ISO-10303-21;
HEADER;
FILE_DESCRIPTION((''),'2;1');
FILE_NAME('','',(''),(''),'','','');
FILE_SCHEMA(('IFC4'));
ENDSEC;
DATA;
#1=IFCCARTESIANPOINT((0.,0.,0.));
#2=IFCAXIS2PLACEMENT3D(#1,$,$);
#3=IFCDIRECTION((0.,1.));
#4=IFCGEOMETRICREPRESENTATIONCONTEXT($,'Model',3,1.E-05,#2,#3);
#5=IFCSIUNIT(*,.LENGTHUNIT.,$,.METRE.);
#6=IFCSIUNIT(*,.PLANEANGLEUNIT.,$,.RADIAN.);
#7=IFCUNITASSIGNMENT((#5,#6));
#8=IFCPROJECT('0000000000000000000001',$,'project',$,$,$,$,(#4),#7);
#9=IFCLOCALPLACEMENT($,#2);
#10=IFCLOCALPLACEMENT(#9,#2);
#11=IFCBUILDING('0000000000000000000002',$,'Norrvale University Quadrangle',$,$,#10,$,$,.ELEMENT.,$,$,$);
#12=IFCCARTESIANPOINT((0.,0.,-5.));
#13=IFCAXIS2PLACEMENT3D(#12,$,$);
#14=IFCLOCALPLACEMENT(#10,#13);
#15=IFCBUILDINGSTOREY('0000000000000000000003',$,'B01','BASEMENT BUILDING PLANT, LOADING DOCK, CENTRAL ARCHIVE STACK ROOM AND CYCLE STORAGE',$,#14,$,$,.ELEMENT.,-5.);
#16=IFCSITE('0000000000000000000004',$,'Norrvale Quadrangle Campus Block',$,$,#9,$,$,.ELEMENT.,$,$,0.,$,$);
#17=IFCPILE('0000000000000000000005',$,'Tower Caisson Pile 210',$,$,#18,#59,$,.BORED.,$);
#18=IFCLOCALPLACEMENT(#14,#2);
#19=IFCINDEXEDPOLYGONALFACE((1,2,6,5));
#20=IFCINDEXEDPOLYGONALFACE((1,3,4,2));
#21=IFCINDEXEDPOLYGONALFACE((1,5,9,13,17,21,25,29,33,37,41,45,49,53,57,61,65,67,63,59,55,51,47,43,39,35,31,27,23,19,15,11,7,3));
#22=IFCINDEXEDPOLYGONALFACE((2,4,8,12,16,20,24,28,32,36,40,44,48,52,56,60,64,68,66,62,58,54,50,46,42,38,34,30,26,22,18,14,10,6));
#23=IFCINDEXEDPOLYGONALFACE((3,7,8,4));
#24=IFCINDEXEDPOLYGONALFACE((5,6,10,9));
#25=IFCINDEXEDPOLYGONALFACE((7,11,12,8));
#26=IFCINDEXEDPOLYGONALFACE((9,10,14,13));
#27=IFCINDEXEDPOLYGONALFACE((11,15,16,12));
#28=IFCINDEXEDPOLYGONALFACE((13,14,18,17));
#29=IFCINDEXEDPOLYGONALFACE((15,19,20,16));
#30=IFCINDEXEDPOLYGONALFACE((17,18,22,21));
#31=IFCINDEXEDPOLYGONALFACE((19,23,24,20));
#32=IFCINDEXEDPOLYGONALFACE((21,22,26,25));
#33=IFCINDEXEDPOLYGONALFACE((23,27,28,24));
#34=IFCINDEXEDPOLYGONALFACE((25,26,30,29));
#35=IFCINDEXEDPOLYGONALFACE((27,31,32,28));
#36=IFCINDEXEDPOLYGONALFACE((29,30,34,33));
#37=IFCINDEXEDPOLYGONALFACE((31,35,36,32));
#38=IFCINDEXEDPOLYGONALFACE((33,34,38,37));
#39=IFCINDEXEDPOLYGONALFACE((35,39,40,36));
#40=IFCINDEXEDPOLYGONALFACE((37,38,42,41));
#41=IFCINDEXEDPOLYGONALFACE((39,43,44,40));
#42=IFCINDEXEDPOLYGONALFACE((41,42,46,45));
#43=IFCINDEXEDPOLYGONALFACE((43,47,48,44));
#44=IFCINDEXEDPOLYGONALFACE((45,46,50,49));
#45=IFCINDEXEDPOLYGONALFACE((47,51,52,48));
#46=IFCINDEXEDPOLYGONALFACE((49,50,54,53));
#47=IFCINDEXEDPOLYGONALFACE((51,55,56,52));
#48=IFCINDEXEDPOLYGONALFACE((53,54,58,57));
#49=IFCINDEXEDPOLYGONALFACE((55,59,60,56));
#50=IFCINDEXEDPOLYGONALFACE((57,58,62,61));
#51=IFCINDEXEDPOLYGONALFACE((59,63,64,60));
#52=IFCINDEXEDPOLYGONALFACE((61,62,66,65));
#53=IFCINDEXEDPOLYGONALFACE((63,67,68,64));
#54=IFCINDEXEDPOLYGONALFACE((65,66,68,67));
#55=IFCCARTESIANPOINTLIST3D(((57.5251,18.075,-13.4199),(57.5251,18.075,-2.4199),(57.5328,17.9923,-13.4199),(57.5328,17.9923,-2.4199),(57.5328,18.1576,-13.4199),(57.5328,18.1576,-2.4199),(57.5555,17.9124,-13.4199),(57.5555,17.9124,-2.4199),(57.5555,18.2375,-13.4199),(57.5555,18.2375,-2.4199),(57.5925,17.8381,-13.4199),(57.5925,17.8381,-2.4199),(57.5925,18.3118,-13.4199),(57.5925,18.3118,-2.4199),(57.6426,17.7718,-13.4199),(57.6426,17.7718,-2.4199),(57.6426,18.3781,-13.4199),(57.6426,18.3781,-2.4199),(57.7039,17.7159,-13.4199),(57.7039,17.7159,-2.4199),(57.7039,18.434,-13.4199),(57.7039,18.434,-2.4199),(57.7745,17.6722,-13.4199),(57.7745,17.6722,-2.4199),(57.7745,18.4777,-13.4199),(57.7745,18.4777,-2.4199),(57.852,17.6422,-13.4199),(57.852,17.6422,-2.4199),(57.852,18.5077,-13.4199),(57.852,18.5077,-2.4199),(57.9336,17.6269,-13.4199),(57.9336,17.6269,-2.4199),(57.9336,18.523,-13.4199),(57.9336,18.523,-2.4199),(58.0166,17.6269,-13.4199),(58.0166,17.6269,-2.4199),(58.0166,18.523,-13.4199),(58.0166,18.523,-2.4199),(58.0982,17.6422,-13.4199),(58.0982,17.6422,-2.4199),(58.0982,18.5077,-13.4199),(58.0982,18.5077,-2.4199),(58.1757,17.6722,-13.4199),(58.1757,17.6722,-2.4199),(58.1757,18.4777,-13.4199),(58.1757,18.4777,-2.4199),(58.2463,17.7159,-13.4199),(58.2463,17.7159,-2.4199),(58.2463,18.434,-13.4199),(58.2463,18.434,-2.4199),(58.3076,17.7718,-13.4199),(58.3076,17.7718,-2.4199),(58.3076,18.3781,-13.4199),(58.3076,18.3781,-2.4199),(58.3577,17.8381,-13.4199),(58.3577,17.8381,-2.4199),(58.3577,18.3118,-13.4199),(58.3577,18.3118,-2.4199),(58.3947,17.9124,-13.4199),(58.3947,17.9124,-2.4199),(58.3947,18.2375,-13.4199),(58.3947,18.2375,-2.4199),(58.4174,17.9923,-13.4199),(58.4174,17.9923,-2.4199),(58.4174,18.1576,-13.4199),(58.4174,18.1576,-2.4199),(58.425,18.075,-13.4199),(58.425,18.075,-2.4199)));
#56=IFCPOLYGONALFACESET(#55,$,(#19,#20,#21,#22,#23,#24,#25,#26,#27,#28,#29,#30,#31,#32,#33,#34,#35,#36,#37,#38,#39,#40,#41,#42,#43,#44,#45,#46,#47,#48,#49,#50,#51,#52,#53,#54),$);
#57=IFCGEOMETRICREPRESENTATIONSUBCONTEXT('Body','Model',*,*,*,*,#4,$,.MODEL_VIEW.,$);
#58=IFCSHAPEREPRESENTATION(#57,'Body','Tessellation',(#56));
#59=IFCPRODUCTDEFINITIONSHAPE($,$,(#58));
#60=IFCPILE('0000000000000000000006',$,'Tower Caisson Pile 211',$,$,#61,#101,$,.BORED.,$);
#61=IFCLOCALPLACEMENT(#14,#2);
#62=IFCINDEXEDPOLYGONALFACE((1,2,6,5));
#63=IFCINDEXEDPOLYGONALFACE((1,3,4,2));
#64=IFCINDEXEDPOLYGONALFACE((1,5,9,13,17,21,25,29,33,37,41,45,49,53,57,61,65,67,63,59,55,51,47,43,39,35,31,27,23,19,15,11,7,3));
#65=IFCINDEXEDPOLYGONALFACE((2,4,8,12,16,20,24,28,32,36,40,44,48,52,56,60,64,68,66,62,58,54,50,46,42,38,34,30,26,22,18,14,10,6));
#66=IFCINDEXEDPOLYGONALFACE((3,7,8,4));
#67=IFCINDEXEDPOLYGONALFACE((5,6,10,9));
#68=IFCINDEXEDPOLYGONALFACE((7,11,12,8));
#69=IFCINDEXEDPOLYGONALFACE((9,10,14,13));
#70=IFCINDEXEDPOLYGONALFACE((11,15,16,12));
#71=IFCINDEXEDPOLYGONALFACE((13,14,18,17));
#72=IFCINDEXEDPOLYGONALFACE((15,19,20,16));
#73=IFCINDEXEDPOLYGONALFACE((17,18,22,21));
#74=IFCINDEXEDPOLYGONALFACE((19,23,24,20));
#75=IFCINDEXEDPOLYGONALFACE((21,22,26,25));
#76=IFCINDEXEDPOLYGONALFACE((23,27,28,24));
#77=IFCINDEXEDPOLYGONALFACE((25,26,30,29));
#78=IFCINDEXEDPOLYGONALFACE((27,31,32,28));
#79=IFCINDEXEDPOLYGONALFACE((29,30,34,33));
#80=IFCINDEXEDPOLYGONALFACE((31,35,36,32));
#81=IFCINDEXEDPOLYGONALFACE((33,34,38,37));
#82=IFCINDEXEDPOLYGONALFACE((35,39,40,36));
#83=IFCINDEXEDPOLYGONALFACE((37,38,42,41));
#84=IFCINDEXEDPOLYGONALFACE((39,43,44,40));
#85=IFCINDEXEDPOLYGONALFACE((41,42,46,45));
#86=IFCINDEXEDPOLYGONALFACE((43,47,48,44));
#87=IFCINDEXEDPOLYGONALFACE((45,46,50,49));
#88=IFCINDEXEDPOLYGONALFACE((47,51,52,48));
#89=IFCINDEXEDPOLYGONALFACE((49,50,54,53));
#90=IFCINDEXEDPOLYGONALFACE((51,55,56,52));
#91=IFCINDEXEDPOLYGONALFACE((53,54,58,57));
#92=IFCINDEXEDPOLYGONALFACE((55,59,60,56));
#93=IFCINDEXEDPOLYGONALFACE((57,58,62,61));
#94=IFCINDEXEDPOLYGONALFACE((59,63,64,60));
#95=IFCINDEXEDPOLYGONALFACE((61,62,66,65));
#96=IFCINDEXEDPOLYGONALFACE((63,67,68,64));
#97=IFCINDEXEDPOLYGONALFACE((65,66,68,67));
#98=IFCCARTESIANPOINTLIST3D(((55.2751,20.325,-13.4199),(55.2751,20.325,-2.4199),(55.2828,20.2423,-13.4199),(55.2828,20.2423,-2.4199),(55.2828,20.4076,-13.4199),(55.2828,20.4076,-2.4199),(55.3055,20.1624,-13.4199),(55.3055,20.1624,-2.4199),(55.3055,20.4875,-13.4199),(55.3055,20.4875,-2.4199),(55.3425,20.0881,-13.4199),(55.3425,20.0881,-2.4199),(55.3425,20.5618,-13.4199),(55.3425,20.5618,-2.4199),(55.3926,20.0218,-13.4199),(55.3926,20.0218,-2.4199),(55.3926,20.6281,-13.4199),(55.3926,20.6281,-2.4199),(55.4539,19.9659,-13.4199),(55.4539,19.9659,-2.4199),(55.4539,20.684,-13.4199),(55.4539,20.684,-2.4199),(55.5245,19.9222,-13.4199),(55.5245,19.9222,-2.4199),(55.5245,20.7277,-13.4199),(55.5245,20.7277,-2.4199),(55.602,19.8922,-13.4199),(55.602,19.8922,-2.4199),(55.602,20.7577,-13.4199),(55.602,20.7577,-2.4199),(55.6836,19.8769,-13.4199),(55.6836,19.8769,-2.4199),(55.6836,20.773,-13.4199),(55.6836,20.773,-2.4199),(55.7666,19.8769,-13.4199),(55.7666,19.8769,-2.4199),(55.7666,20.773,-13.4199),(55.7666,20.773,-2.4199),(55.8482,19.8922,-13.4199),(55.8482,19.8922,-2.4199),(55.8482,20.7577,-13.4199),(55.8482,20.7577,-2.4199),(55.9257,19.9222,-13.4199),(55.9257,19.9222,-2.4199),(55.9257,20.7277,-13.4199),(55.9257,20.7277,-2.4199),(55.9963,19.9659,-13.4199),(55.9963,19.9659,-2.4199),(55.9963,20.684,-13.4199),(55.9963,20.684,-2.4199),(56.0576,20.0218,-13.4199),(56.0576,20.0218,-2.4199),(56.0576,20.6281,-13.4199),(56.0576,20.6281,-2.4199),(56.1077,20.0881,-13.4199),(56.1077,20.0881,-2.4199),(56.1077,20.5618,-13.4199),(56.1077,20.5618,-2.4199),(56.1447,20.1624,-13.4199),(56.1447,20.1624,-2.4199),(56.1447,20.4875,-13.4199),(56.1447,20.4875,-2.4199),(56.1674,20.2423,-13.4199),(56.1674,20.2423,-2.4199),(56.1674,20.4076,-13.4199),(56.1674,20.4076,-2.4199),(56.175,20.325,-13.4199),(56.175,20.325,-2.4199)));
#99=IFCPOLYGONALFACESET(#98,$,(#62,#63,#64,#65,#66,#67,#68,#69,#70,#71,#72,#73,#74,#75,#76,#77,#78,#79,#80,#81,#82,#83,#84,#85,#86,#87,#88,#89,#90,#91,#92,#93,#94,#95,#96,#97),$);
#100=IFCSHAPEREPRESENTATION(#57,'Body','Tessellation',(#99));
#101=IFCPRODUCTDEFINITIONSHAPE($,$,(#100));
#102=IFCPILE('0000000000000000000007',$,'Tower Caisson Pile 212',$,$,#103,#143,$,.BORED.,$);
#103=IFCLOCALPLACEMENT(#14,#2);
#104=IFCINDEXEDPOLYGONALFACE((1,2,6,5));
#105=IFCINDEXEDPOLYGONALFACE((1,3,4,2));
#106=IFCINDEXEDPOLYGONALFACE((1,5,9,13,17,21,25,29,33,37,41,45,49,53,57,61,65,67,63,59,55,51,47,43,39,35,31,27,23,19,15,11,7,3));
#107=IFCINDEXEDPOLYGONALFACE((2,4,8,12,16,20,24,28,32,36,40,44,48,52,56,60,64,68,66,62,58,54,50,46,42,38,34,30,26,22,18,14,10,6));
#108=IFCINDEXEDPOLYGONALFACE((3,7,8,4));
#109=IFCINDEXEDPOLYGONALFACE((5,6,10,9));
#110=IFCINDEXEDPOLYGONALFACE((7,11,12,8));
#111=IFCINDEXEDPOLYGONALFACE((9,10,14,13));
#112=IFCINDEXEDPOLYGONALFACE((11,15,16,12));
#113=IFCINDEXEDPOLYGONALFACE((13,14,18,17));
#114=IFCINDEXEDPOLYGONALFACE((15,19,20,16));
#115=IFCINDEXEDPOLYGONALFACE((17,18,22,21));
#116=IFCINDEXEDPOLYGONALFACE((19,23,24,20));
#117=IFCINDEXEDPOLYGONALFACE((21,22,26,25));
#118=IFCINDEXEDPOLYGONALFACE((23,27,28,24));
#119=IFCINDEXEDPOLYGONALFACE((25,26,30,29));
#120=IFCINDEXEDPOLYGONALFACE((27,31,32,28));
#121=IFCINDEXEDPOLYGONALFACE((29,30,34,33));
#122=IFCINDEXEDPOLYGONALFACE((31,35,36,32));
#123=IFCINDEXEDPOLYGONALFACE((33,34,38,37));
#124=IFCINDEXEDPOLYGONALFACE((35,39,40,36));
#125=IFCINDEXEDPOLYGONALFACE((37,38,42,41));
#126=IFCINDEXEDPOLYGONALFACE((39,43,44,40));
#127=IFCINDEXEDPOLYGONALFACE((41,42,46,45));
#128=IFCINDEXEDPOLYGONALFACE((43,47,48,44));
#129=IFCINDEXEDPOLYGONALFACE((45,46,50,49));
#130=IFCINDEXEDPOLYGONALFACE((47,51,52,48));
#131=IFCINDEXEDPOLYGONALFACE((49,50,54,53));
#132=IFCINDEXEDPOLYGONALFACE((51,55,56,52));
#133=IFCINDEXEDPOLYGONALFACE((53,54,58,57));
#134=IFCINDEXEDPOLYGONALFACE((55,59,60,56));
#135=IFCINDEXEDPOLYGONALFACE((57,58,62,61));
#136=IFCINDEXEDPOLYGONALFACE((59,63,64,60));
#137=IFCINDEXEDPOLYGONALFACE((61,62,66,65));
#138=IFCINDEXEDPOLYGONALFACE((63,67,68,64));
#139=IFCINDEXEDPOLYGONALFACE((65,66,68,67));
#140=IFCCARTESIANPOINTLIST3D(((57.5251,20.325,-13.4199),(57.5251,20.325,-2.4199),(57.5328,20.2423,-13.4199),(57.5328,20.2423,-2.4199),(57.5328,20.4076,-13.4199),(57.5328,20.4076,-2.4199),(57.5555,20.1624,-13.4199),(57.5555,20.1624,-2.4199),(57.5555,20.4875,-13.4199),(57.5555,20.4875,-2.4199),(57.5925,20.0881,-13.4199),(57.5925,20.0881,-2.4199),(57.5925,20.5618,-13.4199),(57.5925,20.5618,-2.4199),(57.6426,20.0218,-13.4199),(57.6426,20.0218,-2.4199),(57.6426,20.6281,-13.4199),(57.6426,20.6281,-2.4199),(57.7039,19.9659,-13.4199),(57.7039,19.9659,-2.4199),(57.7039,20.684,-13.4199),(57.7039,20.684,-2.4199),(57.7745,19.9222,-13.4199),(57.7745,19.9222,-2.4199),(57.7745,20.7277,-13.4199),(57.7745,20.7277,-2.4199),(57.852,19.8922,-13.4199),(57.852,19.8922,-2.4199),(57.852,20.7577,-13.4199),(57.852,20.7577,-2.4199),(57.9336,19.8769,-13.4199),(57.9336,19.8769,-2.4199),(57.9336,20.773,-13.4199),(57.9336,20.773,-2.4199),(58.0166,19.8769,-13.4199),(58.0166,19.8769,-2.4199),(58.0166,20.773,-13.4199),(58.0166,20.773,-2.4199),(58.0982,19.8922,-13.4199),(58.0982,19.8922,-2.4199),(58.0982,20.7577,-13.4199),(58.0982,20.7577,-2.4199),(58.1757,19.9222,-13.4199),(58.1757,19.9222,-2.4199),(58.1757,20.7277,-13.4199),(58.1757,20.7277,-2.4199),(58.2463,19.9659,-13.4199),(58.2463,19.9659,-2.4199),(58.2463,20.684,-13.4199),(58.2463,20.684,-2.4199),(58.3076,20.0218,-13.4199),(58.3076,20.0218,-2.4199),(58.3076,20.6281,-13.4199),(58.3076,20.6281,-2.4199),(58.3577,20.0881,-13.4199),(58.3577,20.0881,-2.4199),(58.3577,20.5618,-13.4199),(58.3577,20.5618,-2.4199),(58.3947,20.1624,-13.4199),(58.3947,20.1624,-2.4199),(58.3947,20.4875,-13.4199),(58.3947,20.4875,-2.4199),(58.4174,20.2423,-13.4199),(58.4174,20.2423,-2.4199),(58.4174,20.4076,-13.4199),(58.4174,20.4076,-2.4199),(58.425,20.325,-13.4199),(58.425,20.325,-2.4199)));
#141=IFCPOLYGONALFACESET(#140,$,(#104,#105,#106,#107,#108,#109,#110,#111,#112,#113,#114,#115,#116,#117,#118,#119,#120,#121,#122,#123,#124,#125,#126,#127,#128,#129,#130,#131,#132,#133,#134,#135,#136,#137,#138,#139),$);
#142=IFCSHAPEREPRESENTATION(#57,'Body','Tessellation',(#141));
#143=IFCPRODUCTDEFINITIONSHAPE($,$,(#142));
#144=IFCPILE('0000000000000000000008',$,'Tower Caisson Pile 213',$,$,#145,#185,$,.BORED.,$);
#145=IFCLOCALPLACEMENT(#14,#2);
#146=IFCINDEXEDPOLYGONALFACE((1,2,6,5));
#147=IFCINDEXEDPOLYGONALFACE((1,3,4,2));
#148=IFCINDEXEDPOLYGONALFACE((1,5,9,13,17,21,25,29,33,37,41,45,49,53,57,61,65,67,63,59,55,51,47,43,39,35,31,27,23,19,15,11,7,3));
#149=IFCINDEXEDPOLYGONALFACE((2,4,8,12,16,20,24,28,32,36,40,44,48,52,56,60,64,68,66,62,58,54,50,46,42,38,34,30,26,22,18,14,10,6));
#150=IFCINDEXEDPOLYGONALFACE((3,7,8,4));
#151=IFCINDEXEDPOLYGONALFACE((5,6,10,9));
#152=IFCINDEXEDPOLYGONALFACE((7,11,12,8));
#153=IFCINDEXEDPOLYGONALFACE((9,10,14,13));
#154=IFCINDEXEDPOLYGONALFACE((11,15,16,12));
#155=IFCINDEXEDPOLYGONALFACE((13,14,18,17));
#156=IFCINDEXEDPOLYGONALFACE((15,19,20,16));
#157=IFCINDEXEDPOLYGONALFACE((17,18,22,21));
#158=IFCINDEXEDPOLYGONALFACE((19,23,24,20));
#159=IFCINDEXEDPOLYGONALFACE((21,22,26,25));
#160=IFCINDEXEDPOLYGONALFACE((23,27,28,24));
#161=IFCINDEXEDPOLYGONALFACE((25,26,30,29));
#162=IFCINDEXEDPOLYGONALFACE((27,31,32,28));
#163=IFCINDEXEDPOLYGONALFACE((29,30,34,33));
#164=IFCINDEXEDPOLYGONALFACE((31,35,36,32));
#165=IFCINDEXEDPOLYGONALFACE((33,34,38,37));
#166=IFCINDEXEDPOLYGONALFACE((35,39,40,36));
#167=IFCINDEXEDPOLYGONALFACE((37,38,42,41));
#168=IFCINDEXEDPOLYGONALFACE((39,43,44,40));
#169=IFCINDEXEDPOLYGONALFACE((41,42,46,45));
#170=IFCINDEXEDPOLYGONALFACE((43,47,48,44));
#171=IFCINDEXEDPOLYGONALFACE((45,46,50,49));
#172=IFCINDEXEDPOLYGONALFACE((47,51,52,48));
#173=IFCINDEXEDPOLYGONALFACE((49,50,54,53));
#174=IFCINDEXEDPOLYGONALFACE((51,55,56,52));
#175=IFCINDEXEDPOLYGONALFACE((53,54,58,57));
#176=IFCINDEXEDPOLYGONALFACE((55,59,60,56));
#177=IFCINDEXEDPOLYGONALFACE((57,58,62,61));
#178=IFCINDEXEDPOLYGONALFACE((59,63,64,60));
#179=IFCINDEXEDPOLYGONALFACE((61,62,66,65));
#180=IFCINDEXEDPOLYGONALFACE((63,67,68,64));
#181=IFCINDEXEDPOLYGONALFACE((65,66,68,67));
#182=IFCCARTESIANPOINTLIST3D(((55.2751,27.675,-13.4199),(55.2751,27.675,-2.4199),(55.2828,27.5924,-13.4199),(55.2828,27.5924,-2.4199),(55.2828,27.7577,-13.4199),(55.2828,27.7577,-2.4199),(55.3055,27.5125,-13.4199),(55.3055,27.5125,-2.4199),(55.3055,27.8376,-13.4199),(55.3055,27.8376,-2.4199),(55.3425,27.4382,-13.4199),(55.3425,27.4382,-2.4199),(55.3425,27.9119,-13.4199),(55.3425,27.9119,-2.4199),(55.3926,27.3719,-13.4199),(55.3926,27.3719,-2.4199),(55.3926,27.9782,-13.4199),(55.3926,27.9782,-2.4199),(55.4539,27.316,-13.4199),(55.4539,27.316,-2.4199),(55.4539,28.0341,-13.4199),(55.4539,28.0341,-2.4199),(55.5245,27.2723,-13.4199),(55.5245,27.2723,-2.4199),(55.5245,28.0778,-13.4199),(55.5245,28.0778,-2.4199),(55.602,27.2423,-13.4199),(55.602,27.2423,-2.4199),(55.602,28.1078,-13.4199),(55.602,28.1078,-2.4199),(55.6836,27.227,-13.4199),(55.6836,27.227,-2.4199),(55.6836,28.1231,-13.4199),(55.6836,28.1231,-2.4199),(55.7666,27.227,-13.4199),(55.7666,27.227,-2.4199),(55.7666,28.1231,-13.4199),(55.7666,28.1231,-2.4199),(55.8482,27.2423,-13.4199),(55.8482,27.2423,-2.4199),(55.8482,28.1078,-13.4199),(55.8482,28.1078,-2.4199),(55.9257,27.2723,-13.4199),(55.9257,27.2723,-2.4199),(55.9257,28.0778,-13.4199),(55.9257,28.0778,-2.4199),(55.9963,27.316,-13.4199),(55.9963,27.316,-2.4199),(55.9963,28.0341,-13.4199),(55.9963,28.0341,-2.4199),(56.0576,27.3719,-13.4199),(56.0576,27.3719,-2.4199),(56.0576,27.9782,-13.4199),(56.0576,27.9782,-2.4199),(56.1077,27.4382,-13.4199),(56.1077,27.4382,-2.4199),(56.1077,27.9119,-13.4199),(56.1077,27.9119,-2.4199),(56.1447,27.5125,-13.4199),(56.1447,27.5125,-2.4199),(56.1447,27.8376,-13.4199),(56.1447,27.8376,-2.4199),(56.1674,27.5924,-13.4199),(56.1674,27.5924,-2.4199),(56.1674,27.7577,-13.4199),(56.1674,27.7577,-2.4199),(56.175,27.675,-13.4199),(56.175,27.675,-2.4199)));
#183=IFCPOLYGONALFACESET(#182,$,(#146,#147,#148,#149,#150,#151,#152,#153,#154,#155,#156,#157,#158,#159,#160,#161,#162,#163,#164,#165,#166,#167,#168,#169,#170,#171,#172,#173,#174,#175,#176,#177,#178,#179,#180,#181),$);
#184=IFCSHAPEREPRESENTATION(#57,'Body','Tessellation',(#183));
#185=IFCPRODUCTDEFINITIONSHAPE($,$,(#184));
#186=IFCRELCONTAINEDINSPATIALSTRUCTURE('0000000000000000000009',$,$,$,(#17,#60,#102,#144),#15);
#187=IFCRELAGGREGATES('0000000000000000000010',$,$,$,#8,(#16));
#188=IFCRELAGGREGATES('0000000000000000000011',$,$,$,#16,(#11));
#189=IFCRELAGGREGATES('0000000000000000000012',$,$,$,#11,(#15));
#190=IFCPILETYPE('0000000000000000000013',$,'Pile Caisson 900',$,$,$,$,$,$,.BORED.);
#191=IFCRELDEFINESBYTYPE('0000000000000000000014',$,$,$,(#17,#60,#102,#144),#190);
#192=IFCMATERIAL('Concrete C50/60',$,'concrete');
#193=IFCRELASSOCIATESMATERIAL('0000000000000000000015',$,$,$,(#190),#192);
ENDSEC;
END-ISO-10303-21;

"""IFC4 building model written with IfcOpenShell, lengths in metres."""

from ifc_helpers import new_model, si_unit, direction, frame, origin, origin_2d, place, context, subcontext, project, spatial, circle, extrude, material, material_profile, profile_set, type_object, element, save


model = new_model("IFC4")

# Units and contexts
model_context = context("Model", 3, precision=1e-05, world=origin(), true_north=direction((0.0, 1.0)))
body_context = subcontext(model_context, "Body", "Model", "MODEL_VIEW")
ifc_project = project(units=[si_unit("LENGTHUNIT", "METRE"), si_unit("PLANEANGLEUNIT", "RADIAN")], contexts=[model_context])

# Site, building, storey
site_placement = place(None, origin())
site = spatial("IfcSite", under=ifc_project, at=site_placement, Name="Norrvale Quadrangle Campus Block", CompositionType="ELEMENT", RefElevation=0.0)
building_placement = place(site_placement, origin())
building = spatial("IfcBuilding", under=site, at=building_placement, Name="Norrvale University Quadrangle", CompositionType="ELEMENT")
storey_placement = place(building_placement, frame((0.0, 0.0, -5.0)))
storey = spatial("IfcBuildingStorey", under=building, at=storey_placement, Name="B01", Description="BASEMENT BUILDING PLANT, LOADING DOCK, CENTRAL ARCHIVE STACK ROOM AND CYCLE STORAGE", CompositionType="ELEMENT", Elevation=-5.0)

# Shared definitions
ifc_material_1 = material(Name="Concrete C50/60", Category="concrete")

# Piles
ifc_material_profile_1 = material_profile(ifc_material_1, circle(Radius=0.45, at=origin_2d()), Name="Concrete C50/60")
ifc_profile_set_1 = profile_set([ifc_material_profile_1], Name="Concrete C50/60")
pile_type = type_object("IfcPileType", Name="Pile Caisson 900", PredefinedType="BORED", material=ifc_profile_set_1)
for number, where, z_axis, x_axis, name in (
    (1, (57.9751, 18.075, -2.4199), (0.0, 0.0, -1.0), (1.0, 0.0, 0.0), "Tower Caisson Pile 210"),
    (2, (55.7251, 20.325, -2.4199), (0.0, 0.0, -1.0), (1.0, 0.0, 0.0), "Tower Caisson Pile 211"),
    (3, (57.9751, 20.325, -2.4199), (0.0, 0.0, -1.0), (1.0, 0.0, 0.0), "Tower Caisson Pile 212"),
    (4, (55.7251, 27.675, -2.4199), (0.0, 0.0, -1.0), (1.0, 0.0, 0.0), "Tower Caisson Pile 213"),
):
    element("IfcPile", number, at=place(storey_placement, frame(where, z_axis=z_axis, x_axis=x_axis)), inside=storey, type_object=pile_type, Name=name, PredefinedType="BORED", context=body_context, shape_type="SweptSolid", body=[
        extrude(circle(Radius=0.45, at=origin_2d()), origin(), (0.0, 0.0, 1.0), 11.0),
    ])

save(model, "model.ifc")
